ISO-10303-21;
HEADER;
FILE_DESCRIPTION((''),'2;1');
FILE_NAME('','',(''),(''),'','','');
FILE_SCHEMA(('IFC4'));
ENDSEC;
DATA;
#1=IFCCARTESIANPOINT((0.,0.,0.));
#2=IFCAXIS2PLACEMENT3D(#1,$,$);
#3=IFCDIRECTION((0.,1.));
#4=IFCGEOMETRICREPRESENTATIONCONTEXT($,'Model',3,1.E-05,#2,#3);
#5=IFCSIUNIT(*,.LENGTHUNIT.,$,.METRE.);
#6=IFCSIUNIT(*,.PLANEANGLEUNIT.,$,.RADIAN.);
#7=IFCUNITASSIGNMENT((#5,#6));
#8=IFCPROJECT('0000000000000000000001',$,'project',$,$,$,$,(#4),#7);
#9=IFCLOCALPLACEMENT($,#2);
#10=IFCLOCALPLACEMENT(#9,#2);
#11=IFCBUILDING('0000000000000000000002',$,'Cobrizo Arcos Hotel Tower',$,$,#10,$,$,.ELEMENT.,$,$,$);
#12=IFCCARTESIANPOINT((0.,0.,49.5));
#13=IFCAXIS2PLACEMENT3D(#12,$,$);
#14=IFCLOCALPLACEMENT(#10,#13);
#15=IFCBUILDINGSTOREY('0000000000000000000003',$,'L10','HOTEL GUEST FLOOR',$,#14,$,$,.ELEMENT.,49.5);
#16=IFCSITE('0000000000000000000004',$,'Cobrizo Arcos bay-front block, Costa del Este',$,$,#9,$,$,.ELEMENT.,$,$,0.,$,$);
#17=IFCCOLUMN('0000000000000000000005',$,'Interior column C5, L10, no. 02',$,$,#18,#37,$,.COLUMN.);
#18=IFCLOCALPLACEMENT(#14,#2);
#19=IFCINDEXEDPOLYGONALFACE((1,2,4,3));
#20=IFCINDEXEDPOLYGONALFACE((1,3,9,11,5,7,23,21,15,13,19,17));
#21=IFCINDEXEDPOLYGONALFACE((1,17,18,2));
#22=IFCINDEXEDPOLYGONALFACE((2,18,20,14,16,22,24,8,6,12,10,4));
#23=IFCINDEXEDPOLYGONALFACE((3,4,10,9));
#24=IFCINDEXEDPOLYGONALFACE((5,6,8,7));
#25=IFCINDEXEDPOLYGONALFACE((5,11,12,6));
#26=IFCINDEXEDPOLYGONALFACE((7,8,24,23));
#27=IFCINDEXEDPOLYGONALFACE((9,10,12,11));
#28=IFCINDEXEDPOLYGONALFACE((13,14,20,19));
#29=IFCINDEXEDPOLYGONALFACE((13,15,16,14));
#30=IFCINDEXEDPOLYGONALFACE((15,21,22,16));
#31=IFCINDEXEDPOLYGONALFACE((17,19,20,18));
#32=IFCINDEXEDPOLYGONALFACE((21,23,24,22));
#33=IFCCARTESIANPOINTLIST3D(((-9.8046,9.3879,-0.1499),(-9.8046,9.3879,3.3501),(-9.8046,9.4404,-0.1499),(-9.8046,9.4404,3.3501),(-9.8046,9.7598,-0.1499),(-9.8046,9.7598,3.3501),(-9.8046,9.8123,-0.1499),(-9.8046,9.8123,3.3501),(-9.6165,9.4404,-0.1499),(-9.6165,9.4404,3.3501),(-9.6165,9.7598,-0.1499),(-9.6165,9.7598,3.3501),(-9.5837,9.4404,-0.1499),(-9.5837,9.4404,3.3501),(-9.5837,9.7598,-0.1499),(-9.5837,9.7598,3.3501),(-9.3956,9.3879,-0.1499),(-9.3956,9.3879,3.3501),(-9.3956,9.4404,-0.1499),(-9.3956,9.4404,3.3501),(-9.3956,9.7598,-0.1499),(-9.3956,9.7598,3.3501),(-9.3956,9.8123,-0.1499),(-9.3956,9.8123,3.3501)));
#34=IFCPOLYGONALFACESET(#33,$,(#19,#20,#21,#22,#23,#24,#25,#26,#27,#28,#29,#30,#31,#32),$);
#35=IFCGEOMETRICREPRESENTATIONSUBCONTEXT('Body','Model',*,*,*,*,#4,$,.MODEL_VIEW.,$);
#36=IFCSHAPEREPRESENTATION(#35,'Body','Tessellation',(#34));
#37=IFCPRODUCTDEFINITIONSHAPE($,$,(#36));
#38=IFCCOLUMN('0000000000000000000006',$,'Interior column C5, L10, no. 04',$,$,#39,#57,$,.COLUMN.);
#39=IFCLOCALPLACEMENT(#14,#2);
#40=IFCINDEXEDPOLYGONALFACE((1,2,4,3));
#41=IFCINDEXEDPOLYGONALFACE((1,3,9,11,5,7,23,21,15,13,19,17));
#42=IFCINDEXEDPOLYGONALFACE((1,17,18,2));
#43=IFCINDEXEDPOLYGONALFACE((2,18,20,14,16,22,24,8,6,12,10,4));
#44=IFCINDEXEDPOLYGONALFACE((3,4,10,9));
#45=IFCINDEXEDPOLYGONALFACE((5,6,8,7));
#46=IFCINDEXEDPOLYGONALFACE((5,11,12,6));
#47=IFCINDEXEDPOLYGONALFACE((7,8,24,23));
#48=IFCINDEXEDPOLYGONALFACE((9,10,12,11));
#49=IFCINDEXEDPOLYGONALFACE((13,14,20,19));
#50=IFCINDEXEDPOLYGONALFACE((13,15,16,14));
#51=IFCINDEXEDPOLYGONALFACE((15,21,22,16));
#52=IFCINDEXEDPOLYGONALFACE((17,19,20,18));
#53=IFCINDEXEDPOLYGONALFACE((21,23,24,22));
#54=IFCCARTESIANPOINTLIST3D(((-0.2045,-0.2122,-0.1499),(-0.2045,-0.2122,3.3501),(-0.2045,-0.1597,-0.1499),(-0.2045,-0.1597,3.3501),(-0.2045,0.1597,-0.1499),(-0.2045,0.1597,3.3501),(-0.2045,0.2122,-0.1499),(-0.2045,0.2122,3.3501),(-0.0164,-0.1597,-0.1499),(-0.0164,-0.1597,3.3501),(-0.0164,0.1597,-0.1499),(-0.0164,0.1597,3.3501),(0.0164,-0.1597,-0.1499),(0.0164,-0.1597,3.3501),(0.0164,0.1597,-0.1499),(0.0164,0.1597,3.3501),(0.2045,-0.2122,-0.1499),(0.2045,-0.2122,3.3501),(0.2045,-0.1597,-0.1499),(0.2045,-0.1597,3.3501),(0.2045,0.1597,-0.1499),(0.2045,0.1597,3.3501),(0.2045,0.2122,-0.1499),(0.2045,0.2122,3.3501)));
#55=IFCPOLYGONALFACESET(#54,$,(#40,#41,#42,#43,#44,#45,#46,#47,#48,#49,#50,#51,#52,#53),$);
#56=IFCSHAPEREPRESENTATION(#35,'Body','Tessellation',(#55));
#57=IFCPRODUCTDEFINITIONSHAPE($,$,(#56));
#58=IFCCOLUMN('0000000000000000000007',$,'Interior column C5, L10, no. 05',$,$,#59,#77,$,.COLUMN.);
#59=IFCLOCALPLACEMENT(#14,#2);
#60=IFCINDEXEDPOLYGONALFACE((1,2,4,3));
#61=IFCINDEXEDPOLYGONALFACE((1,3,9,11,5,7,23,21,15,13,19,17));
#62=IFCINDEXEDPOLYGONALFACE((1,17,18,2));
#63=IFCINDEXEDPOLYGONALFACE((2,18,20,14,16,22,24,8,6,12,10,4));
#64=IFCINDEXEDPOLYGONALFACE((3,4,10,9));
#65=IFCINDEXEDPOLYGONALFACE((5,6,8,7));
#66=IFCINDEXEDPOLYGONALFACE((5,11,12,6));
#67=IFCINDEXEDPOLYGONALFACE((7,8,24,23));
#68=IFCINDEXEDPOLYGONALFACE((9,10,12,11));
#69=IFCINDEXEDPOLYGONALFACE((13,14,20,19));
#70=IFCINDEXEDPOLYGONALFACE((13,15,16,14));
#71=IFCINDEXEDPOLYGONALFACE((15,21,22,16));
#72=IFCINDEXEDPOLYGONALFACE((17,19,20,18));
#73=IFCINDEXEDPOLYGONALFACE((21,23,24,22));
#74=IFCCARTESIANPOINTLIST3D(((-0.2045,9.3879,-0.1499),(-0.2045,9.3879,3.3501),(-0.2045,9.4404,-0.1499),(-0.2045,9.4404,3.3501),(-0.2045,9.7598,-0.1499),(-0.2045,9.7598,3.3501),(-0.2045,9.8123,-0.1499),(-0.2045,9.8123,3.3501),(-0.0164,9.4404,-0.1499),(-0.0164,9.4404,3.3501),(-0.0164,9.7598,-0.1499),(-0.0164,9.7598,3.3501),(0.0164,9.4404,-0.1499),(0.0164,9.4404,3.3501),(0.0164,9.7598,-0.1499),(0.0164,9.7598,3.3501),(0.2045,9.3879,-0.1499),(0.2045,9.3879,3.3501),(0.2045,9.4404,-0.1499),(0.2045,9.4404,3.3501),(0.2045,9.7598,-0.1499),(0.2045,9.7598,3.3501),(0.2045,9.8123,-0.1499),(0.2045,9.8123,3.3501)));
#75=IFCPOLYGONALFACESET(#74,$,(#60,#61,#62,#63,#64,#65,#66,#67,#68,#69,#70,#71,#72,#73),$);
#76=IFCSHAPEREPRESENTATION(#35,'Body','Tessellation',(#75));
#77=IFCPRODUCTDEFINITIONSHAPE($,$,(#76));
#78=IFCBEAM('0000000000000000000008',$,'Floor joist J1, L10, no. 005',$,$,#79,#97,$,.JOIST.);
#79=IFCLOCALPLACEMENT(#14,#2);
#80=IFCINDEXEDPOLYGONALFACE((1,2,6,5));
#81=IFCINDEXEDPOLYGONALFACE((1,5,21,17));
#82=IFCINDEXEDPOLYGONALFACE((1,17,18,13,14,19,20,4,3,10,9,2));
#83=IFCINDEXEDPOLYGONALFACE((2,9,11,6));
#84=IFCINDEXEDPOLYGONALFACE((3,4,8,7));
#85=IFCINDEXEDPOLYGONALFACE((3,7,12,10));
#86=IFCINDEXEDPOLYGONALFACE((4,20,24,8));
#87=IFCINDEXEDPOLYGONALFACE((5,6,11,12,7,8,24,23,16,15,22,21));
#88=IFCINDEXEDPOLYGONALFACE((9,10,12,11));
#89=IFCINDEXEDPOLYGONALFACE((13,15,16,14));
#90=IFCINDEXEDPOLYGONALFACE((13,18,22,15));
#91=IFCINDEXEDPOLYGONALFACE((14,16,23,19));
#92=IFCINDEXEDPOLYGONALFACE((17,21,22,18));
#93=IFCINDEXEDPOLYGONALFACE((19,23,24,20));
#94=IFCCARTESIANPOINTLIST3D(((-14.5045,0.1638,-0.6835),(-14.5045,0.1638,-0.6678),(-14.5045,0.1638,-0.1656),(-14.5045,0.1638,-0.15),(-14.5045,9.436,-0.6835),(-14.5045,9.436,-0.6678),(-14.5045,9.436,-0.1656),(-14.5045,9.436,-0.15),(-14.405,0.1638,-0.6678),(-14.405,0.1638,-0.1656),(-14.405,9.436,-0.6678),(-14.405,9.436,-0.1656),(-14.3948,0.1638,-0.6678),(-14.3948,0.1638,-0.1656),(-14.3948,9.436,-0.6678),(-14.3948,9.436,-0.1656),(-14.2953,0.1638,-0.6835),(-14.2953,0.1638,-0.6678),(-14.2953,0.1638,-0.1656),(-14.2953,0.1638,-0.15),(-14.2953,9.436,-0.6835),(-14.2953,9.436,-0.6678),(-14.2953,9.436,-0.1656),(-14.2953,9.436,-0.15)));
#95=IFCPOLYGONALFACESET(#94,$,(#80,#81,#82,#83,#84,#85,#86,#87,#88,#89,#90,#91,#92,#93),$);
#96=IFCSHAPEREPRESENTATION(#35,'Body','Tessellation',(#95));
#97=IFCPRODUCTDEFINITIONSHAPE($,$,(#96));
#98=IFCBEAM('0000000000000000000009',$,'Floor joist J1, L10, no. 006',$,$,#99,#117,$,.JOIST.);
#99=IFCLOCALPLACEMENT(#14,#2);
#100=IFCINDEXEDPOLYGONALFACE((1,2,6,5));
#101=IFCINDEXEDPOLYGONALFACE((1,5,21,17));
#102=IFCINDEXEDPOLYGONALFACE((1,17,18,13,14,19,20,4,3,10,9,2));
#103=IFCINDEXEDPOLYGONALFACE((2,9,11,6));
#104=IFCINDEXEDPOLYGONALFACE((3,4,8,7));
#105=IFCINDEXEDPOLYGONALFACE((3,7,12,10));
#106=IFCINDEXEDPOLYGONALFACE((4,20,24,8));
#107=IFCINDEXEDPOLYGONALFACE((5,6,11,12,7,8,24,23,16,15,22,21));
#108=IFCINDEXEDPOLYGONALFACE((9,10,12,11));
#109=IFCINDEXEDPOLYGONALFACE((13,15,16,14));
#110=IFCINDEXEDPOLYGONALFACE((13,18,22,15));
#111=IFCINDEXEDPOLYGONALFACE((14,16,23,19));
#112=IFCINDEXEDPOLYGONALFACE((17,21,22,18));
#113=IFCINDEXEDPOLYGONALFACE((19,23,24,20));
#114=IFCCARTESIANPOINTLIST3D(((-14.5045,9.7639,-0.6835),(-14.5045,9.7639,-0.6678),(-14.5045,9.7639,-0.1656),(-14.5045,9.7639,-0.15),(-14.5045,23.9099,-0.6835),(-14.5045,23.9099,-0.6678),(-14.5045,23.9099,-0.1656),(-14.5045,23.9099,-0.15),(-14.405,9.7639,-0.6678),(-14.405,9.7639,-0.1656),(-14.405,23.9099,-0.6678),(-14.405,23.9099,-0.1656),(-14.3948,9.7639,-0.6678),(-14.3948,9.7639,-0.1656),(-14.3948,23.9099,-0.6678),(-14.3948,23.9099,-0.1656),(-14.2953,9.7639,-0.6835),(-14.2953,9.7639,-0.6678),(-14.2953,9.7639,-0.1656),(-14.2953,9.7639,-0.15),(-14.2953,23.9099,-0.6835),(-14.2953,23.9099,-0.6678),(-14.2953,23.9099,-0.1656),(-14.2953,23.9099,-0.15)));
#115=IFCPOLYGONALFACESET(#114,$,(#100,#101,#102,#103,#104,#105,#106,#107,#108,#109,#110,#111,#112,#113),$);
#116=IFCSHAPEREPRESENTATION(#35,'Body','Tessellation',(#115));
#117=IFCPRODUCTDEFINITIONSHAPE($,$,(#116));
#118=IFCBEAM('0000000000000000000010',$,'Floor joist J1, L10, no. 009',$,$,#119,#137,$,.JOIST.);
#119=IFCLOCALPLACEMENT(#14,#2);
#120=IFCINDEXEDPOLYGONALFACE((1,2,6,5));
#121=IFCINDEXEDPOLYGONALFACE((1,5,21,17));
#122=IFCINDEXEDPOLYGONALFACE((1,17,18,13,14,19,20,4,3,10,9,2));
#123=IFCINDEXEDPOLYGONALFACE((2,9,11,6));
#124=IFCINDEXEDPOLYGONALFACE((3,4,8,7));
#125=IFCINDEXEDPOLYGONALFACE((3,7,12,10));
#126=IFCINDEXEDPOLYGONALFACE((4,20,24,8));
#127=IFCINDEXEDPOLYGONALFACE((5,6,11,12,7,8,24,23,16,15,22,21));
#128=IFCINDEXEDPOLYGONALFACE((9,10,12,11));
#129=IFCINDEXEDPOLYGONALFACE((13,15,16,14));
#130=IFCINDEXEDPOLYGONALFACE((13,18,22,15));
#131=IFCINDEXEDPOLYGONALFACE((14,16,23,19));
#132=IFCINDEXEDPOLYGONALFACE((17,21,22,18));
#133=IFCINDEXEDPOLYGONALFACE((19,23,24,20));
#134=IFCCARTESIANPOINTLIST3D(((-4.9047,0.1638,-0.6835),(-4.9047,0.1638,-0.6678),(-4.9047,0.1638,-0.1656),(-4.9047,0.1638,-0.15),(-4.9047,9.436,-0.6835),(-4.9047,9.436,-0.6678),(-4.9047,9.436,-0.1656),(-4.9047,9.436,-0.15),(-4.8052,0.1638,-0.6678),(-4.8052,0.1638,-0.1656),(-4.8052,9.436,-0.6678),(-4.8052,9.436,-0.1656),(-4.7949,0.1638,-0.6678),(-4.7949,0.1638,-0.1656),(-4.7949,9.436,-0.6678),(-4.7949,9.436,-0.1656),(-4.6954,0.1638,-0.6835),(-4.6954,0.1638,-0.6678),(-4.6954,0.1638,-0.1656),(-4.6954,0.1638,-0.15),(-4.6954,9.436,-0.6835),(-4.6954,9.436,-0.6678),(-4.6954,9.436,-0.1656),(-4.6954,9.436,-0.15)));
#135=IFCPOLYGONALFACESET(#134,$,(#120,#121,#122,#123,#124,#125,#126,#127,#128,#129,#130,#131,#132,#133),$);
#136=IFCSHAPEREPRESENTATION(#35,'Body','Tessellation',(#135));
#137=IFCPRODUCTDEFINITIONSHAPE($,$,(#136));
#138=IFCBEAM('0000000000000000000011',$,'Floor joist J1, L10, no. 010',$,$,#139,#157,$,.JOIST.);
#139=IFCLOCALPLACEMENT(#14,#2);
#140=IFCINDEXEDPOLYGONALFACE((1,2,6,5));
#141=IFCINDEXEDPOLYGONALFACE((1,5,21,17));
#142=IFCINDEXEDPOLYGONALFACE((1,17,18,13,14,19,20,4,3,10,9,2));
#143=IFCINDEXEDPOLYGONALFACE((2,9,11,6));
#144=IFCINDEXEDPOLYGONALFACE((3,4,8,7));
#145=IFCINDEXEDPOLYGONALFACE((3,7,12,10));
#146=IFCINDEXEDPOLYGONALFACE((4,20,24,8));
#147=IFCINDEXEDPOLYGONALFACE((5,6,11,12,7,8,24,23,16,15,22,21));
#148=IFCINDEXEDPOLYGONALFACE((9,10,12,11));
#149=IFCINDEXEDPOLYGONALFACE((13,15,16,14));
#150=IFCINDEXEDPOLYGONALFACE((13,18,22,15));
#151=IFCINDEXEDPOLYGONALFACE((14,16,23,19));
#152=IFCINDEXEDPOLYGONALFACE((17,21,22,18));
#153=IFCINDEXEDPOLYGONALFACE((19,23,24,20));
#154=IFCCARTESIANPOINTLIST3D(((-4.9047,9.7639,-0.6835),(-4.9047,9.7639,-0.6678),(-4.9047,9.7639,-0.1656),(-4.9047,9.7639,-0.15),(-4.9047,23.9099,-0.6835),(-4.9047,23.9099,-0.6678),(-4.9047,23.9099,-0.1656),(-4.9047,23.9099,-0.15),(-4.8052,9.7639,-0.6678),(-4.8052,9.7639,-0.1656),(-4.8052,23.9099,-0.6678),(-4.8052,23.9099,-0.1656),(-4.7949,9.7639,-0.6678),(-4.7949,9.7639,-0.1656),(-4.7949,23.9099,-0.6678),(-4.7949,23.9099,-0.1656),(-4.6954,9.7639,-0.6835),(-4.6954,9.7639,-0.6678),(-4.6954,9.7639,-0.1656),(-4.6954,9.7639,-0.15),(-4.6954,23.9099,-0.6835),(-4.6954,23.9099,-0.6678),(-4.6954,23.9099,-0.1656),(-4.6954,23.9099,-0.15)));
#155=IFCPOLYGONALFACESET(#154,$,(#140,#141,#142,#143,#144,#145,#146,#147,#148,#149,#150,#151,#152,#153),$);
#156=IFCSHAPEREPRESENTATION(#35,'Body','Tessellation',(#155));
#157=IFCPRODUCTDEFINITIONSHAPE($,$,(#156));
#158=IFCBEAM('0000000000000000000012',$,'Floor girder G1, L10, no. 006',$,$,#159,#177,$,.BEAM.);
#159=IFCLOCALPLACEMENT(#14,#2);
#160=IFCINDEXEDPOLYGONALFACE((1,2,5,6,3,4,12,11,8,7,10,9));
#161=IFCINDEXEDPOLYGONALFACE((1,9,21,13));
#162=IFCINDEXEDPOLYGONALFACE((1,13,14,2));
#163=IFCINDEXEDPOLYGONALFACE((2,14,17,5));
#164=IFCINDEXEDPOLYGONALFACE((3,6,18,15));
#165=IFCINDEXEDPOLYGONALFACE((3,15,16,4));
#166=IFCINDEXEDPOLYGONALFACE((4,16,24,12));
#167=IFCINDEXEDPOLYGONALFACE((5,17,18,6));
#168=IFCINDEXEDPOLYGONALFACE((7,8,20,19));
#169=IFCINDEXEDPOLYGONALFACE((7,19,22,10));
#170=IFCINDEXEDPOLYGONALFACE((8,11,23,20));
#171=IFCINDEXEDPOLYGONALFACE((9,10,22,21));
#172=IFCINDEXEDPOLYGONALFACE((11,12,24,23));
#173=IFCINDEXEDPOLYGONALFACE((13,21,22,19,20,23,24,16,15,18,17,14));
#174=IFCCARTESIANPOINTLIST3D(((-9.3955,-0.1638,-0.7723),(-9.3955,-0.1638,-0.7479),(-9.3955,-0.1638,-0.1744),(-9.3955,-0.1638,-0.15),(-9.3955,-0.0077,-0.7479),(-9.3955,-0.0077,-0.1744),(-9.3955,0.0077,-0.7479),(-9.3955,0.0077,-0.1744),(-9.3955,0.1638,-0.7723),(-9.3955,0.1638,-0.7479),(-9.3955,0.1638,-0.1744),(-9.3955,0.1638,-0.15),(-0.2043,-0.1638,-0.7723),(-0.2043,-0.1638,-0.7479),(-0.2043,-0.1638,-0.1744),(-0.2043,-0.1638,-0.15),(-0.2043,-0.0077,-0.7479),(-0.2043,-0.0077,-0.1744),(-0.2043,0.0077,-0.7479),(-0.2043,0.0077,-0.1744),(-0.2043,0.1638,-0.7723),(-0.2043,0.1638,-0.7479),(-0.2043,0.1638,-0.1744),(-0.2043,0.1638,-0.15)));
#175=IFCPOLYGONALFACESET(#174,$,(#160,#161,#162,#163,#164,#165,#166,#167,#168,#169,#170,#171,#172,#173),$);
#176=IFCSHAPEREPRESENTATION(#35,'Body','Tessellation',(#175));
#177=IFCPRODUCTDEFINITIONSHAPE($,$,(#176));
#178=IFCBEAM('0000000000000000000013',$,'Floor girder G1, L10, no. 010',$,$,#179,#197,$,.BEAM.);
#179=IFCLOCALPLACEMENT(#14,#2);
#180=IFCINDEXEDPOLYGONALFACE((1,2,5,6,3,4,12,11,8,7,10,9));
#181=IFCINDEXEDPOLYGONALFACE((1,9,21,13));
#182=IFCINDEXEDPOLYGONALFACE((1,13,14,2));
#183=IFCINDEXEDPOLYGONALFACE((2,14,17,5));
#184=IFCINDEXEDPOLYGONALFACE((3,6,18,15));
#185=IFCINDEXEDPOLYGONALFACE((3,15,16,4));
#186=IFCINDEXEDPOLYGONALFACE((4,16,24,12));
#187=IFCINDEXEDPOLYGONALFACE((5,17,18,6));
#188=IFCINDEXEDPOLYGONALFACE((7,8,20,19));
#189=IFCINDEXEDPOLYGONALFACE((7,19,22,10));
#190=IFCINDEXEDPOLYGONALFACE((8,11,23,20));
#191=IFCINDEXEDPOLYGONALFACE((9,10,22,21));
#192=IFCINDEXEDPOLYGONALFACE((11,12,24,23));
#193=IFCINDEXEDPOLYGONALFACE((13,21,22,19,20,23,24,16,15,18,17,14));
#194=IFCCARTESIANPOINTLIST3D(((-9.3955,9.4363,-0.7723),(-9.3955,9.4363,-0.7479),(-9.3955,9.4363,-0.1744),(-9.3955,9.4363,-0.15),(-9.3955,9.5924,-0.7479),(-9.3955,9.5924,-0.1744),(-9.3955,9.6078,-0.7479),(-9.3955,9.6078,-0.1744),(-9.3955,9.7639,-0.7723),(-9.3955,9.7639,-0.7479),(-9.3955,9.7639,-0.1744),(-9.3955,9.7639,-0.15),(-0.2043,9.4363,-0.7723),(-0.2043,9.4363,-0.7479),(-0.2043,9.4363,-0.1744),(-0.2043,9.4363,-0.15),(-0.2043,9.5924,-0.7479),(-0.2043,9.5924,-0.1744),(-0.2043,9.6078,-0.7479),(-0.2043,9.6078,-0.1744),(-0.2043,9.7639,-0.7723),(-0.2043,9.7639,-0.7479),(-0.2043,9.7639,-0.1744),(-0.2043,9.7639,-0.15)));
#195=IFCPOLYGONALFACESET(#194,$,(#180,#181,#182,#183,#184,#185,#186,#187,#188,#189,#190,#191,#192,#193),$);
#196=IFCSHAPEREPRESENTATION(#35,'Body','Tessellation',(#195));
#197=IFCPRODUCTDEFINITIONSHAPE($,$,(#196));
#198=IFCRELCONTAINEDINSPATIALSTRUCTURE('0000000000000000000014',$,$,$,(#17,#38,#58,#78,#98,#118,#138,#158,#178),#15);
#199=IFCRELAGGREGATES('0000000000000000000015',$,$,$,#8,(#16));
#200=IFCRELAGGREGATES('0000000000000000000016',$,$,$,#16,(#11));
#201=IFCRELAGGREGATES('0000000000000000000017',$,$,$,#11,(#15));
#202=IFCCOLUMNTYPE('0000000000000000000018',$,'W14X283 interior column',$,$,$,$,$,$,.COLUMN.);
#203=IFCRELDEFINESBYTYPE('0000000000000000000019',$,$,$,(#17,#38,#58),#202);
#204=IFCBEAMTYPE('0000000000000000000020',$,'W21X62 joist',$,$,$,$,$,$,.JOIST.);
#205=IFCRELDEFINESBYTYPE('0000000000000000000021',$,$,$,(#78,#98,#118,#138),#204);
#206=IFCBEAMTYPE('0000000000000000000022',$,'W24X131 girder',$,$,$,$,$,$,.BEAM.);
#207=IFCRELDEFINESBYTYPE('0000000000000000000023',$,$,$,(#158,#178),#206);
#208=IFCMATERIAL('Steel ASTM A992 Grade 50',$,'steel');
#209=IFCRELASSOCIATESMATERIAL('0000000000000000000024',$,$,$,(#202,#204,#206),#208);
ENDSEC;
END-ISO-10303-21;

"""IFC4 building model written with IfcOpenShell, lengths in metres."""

from ifc_helpers import new_model, si_unit, direction, frame, origin, origin_2d, place, context, subcontext, project, spatial, i_section, extrude, material, material_profile, profile_set, type_object, element, save


model = new_model("IFC4")

# Units and contexts
model_context = context("Model", 3, precision=1e-05, world=origin(), true_north=direction((0.0, 1.0)))
body_context = subcontext(model_context, "Body", "Model", "MODEL_VIEW")
ifc_project = project(units=[si_unit("LENGTHUNIT", "METRE"), si_unit("PLANEANGLEUNIT", "RADIAN")], contexts=[model_context])

# Site, building, storey
site_placement = place(None, origin())
site = spatial("IfcSite", under=ifc_project, at=site_placement, Name="Cobrizo Arcos bay-front block, Costa del Este", CompositionType="ELEMENT", RefElevation=0.0)
building_placement = place(site_placement, origin())
building = spatial("IfcBuilding", under=site, at=building_placement, Name="Cobrizo Arcos Hotel Tower", CompositionType="ELEMENT")
storey_placement = place(building_placement, frame((0.0, 0.0, 49.5)))
storey = spatial("IfcBuildingStorey", under=building, at=storey_placement, Name="L10", Description="HOTEL GUEST FLOOR", CompositionType="ELEMENT", Elevation=49.5)

# Columns
ifc_material_1 = material(Name="Steel ASTM A992 Grade 50", Category="steel")
ifc_material_profile_1 = material_profile(ifc_material_1, i_section(OverallWidth=0.4089, OverallDepth=0.4243, WebThickness=0.0327, FlangeThickness=0.0525, at=origin_2d()), Name="W14X283")
ifc_profile_set_1 = profile_set([ifc_material_profile_1], Name="Steel ASTM A992 Grade 50")
column_type = type_object("IfcColumnType", Name="W14X283 interior column", PredefinedType="COLUMN", material=ifc_profile_set_1)
for number, where, z_axis, x_axis, name in (
    (1, (-9.6001, 9.6001, -0.1499), (0.0, 0.0, 1.0), (1.0, 0.0, 0.0), "Interior column C5, L10, no. 02"),
    (2, (0.0, 0.0, -0.1499), (0.0, 0.0, 1.0), (1.0, 0.0, 0.0), "Interior column C5, L10, no. 04"),
    (3, (0.0, 9.6001, -0.1499), (0.0, 0.0, 1.0), (1.0, 0.0, 0.0), "Interior column C5, L10, no. 05"),
):
    element("IfcColumn", number, at=place(storey_placement, frame(where, z_axis=z_axis, x_axis=x_axis)), inside=storey, type_object=column_type, Name=name, PredefinedType="COLUMN", context=body_context, shape_type="SweptSolid", body=[
        extrude(i_section(OverallWidth=0.4089, OverallDepth=0.4243, WebThickness=0.0327, FlangeThickness=0.0525, at=origin_2d()), origin(), (0.0, 0.0, 1.0), 3.5),
    ])

# Beams
ifc_material_profile_2 = material_profile(ifc_material_1, i_section(OverallWidth=0.2092, OverallDepth=0.5334, WebThickness=0.0103, FlangeThickness=0.0156, at=origin_2d()), Name="W21X62")
ifc_profile_set_2 = profile_set([ifc_material_profile_2], Name="Steel ASTM A992 Grade 50")
beam_type_1 = type_object("IfcBeamType", Name="W21X62 joist", PredefinedType="JOIST", material=ifc_profile_set_2)
beam_1_placement = place(storey_placement, frame((-14.3999, 0.1638, -0.4167), z_axis=(0.0, 1.0, 0.0), x_axis=(-1.0, 0.0, 0.0)))
element("IfcBeam", 4, at=beam_1_placement, inside=storey, type_object=beam_type_1, Name="Floor joist J1, L10, no. 005", PredefinedType="JOIST", context=body_context, shape_type="SweptSolid", body=[
    extrude(i_section(OverallWidth=0.2092, OverallDepth=0.5334, WebThickness=0.0103, FlangeThickness=0.0156, at=origin_2d()), origin(), (0.0, 0.0, 1.0), 9.2722),
])
beam_2_placement = place(storey_placement, frame((-14.3999, 9.7639, -0.4167), z_axis=(0.0, 1.0, 0.0), x_axis=(-1.0, 0.0, 0.0)))
element("IfcBeam", 5, at=beam_2_placement, inside=storey, type_object=beam_type_1, Name="Floor joist J1, L10, no. 006", PredefinedType="JOIST", context=body_context, shape_type="SweptSolid", body=[
    extrude(i_section(OverallWidth=0.2092, OverallDepth=0.5334, WebThickness=0.0103, FlangeThickness=0.0156, at=origin_2d()), origin(), (0.0, 0.0, 1.0), 14.146),
])
beam_3_placement = place(storey_placement, frame((-4.8, 0.1638, -0.4167), z_axis=(0.0, 1.0, 0.0), x_axis=(-1.0, 0.0, 0.0)))
element("IfcBeam", 6, at=beam_3_placement, inside=storey, type_object=beam_type_1, Name="Floor joist J1, L10, no. 009", PredefinedType="JOIST", context=body_context, shape_type="SweptSolid", body=[
    extrude(i_section(OverallWidth=0.2092, OverallDepth=0.5334, WebThickness=0.0103, FlangeThickness=0.0156, at=origin_2d()), origin(), (0.0, 0.0, 1.0), 9.2722),
])
beam_4_placement = place(storey_placement, frame((-4.8, 9.7639, -0.4167), z_axis=(0.0, 1.0, 0.0), x_axis=(-1.0, 0.0, 0.0)))
element("IfcBeam", 7, at=beam_4_placement, inside=storey, type_object=beam_type_1, Name="Floor joist J1, L10, no. 010", PredefinedType="JOIST", context=body_context, shape_type="SweptSolid", body=[
    extrude(i_section(OverallWidth=0.2092, OverallDepth=0.5334, WebThickness=0.0103, FlangeThickness=0.0156, at=origin_2d()), origin(), (0.0, 0.0, 1.0), 14.146),
])
ifc_material_profile_3 = material_profile(ifc_material_1, i_section(OverallWidth=0.3276, OverallDepth=0.6223, WebThickness=0.0154, FlangeThickness=0.0244, at=origin_2d()), Name="W24X131")
ifc_profile_set_3 = profile_set([ifc_material_profile_3], Name="Steel ASTM A992 Grade 50")
beam_type_2 = type_object("IfcBeamType", Name="W24X131 girder", PredefinedType="BEAM", material=ifc_profile_set_3)
for number, where, z_axis, x_axis, name in (
    (8, (-9.3955, 0.0, -0.4612), (1.0, 0.0, 0.0), (0.0, 1.0, 0.0), "Floor girder G1, L10, no. 006"),
    (9, (-9.3955, 9.6001, -0.4612), (1.0, 0.0, 0.0), (0.0, 1.0, 0.0), "Floor girder G1, L10, no. 010"),
):
    element("IfcBeam", number, at=place(storey_placement, frame(where, z_axis=z_axis, x_axis=x_axis)), inside=storey, type_object=beam_type_2, Name=name, PredefinedType="BEAM", context=body_context, shape_type="SweptSolid", body=[
        extrude(i_section(OverallWidth=0.3276, OverallDepth=0.6223, WebThickness=0.0154, FlangeThickness=0.0244, at=origin_2d()), origin(), (0.0, 0.0, 1.0), 9.1912),
    ])

save(model, "model.ifc")
